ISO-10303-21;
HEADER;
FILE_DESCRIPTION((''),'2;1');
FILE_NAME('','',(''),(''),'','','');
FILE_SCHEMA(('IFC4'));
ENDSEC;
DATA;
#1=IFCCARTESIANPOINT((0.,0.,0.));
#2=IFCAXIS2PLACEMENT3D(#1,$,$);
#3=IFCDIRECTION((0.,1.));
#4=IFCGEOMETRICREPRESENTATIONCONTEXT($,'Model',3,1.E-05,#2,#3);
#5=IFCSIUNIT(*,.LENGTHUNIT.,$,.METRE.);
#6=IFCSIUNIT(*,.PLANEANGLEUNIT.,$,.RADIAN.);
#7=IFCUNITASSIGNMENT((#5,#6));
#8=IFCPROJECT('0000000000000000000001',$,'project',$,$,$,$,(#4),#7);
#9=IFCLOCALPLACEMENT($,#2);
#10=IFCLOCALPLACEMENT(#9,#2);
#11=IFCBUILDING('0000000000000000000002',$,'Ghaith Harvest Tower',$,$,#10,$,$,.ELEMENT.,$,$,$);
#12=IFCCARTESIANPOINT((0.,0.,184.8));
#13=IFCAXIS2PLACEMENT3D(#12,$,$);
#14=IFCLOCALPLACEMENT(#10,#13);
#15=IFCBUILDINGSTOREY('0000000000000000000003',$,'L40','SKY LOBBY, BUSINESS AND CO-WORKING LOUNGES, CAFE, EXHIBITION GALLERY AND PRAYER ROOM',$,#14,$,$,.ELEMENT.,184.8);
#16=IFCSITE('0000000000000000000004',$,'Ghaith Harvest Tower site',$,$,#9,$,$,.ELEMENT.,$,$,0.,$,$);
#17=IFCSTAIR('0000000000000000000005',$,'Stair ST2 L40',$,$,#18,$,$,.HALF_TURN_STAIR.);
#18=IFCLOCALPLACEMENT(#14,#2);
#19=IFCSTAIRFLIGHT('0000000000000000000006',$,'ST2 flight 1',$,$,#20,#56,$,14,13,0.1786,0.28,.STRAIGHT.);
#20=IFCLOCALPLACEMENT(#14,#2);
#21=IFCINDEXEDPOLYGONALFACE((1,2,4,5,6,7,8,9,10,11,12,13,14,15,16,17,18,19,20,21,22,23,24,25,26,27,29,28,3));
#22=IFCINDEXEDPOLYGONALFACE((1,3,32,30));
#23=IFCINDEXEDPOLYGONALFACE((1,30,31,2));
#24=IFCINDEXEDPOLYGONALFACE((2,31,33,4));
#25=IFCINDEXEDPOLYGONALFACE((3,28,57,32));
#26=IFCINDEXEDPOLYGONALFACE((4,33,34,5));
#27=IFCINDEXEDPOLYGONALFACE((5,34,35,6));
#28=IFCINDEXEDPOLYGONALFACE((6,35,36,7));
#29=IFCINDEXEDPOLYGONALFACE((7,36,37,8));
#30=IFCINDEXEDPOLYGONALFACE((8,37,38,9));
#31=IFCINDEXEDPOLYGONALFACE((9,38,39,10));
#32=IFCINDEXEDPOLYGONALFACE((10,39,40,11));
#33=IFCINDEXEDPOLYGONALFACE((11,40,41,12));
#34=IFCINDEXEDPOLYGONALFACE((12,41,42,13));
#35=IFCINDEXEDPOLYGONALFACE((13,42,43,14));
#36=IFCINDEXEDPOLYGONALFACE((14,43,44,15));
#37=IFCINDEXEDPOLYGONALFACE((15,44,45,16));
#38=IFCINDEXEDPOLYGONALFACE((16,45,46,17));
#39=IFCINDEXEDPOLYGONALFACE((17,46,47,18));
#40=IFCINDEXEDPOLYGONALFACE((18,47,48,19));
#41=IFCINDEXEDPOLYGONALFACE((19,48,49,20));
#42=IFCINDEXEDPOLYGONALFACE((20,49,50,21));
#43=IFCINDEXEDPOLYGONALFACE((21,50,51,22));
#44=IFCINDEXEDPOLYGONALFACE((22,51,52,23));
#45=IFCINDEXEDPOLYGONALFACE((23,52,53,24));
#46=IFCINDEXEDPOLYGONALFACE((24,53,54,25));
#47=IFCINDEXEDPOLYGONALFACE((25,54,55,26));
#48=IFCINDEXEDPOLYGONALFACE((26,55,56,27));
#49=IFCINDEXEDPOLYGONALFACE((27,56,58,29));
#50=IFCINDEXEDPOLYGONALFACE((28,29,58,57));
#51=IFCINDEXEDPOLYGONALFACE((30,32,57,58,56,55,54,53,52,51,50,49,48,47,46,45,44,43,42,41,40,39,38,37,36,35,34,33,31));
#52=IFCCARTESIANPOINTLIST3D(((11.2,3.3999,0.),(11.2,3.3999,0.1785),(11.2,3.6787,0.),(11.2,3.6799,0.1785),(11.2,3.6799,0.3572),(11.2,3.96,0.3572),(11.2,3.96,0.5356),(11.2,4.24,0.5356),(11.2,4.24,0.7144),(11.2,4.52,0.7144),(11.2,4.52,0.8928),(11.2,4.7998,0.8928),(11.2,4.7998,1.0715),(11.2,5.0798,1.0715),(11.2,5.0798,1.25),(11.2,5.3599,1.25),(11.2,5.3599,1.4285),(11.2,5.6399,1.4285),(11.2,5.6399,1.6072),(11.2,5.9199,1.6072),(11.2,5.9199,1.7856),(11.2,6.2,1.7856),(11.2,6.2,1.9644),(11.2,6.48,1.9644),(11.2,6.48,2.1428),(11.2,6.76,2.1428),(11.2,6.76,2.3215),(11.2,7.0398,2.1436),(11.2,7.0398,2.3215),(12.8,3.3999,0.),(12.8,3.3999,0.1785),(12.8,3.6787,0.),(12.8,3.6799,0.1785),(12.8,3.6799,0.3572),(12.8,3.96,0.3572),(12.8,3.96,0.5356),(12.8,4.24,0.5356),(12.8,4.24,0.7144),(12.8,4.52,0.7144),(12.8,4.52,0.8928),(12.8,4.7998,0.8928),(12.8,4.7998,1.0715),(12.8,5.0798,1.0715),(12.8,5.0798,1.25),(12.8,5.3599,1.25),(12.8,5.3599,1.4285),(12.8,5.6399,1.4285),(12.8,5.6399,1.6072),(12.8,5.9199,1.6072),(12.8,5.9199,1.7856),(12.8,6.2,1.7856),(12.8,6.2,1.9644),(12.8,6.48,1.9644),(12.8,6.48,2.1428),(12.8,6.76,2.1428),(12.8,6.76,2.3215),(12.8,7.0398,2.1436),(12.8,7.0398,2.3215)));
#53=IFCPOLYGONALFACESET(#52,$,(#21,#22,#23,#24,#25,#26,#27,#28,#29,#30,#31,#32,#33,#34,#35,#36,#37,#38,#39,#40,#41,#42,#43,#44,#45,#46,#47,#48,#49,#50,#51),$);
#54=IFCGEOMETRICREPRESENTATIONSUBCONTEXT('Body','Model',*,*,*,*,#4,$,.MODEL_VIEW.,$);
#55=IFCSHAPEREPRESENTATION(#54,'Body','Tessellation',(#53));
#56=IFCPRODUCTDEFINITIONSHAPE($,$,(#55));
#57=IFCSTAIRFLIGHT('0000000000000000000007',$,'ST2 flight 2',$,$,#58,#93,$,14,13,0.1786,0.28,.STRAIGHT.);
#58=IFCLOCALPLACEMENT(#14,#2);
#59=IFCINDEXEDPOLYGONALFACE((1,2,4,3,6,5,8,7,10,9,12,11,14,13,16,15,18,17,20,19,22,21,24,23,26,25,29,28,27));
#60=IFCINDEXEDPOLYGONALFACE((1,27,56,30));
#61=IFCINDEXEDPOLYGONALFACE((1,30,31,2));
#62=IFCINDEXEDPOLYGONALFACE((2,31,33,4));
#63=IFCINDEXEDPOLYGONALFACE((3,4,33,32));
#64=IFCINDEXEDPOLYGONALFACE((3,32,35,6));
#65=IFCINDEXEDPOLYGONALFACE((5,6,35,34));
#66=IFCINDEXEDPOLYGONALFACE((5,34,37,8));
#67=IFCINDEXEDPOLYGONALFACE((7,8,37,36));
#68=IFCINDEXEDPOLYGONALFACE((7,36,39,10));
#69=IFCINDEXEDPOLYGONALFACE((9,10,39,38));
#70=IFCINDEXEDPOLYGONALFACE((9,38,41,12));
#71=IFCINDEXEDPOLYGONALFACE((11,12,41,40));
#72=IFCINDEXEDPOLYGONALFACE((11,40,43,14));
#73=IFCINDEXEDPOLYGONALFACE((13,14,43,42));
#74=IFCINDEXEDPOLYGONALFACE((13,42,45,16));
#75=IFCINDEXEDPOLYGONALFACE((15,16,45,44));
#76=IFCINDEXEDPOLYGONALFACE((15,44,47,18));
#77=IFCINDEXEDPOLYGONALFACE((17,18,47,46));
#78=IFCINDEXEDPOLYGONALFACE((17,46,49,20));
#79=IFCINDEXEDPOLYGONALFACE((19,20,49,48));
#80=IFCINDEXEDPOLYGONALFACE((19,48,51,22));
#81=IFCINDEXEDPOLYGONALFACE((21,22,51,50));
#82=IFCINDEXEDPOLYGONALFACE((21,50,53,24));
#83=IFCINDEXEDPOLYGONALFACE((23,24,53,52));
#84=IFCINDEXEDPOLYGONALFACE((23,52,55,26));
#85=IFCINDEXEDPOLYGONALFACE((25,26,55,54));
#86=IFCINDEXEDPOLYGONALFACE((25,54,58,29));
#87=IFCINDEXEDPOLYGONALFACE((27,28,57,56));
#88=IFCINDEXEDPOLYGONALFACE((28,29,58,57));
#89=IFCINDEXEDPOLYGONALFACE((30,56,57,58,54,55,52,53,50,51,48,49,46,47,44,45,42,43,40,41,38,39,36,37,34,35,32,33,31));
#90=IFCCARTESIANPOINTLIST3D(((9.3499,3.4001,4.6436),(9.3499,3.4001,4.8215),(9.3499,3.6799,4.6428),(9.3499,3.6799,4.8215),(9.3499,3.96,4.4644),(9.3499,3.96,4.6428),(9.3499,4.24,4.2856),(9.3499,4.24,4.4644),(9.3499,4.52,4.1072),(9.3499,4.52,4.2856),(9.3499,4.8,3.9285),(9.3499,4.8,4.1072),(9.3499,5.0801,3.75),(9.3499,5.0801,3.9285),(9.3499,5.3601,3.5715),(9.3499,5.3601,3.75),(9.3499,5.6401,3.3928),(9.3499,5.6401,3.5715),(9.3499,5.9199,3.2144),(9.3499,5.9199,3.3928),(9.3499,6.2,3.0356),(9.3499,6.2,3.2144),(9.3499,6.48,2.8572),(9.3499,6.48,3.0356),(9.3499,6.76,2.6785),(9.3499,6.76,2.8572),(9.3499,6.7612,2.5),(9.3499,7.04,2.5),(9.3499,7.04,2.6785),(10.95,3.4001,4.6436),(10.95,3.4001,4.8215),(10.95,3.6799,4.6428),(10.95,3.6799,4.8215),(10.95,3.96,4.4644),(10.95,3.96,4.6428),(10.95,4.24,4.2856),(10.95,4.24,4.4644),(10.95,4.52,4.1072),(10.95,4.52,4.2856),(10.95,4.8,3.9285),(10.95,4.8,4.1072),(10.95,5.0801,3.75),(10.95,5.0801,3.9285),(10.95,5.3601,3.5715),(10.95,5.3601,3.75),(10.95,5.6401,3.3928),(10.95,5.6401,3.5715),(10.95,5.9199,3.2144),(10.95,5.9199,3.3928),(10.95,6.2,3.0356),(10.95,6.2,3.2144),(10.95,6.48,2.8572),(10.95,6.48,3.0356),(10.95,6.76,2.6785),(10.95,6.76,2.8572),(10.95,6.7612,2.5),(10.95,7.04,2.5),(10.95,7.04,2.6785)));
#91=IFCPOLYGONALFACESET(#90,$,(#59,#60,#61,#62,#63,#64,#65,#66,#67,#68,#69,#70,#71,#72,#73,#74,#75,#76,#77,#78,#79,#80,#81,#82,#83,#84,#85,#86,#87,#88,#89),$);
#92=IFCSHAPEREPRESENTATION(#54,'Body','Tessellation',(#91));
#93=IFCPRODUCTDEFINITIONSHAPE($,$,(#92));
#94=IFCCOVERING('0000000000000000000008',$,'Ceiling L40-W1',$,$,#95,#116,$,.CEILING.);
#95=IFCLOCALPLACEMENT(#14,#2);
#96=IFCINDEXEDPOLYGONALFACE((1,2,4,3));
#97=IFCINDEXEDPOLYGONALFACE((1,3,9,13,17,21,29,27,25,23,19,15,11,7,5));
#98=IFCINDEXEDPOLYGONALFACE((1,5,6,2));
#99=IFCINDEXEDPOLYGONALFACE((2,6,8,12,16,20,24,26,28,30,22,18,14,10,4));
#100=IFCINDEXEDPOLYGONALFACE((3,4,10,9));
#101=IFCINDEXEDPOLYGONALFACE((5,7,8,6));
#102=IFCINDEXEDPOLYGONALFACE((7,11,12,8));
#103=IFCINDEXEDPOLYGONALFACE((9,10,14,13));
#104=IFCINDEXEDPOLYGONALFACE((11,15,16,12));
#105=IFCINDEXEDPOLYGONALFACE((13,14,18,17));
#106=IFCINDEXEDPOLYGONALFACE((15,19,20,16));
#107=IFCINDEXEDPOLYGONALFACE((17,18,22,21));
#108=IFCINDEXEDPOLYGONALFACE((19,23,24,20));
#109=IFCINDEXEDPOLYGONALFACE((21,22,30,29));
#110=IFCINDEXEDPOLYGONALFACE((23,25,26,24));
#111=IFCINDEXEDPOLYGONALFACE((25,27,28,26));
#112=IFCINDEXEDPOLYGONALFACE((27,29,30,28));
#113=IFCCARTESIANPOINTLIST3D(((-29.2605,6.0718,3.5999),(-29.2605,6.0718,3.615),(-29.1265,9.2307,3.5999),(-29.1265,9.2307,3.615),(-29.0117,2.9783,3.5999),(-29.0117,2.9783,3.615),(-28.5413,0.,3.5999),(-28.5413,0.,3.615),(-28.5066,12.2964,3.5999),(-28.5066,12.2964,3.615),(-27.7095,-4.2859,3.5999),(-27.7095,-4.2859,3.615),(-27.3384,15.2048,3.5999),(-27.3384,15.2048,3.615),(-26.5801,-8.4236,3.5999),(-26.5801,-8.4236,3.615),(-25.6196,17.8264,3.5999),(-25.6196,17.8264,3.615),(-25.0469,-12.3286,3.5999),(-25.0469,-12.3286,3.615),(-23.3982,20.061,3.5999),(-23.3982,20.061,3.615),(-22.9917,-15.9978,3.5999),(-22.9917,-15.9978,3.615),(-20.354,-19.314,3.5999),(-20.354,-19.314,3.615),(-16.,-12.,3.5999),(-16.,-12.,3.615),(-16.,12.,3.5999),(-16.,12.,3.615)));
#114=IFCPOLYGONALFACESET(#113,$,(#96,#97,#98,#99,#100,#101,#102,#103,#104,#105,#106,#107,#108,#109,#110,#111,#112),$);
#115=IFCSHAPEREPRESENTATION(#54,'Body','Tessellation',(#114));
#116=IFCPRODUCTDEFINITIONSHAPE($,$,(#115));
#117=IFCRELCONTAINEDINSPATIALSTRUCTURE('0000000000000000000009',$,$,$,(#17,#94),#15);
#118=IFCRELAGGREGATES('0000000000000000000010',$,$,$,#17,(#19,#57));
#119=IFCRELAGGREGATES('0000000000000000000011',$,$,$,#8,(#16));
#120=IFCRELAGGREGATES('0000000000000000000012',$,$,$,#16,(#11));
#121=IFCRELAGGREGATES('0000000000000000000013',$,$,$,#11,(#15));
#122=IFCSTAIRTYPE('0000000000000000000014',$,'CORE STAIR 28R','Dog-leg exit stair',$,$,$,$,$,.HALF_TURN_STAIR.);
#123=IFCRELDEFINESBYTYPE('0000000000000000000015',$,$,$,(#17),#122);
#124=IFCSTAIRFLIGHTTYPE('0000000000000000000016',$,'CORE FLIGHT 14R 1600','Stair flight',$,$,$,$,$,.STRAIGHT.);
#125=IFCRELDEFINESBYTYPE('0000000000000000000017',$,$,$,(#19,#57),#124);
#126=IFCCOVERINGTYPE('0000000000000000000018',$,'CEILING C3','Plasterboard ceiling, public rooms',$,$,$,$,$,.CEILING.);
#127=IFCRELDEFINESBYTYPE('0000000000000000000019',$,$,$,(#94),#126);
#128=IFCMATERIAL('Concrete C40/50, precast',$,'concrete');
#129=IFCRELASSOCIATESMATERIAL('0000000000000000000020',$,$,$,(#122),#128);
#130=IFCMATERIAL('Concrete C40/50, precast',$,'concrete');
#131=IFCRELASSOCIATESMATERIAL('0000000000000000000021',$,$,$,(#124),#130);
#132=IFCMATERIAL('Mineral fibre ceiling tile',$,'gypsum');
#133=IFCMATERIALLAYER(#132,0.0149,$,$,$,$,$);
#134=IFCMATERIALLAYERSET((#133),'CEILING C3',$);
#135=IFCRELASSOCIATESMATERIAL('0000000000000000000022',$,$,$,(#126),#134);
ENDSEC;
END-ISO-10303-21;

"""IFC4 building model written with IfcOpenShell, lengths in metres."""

from ifc_helpers import new_model, si_unit, direction, frame, origin, place, context, subcontext, project, spatial, polyline, outline, extrude, material, layer, layer_set, type_object, element, aggregate, save


model = new_model("IFC4")

# Units and contexts
model_context = context("Model", 3, precision=1e-05, world=origin(), true_north=direction((0.0, 1.0)))
body_context = subcontext(model_context, "Body", "Model", "MODEL_VIEW")
ifc_project = project(units=[si_unit("LENGTHUNIT", "METRE"), si_unit("PLANEANGLEUNIT", "RADIAN")], contexts=[model_context])

# Site, building, storey
site_placement = place(None, origin())
site = spatial("IfcSite", under=ifc_project, at=site_placement, Name="Ghaith Harvest Tower site", CompositionType="ELEMENT", RefElevation=0.0)
building_placement = place(site_placement, origin())
building = spatial("IfcBuilding", under=site, at=building_placement, Name="Ghaith Harvest Tower", CompositionType="ELEMENT")
storey_placement = place(building_placement, frame((0.0, 0.0, 184.8)))
storey = spatial("IfcBuildingStorey", under=building, at=storey_placement, Name="L40", Description="SKY LOBBY, BUSINESS AND CO-WORKING LOUNGES, CAFE, EXHIBITION GALLERY AND PRAYER ROOM", CompositionType="ELEMENT", Elevation=184.8)

# Stair, stair flights
ifc_material_1 = material(Name="Concrete C40/50, precast", Category="concrete")
stair_type = type_object("IfcStairType", Name="CORE STAIR 28R", Description="Dog-leg exit stair", PredefinedType="HALF_TURN_STAIR", material=ifc_material_1)
stair_placement = place(storey_placement, origin())
stair = element("IfcStair", 1, at=stair_placement, inside=storey, type_object=stair_type, Name="Stair ST2 L40", PredefinedType="HALF_TURN_STAIR")
ifc_material_2 = material(Name="Concrete C40/50, precast", Category="concrete")
stair_flight_type = type_object("IfcStairFlightType", Name="CORE FLIGHT 14R 1600", Description="Stair flight", PredefinedType="STRAIGHT", material=ifc_material_2)
stair_flight_1_placement = place(storey_placement, frame((12.0, 3.3999, 0.0), z_axis=(0.0, 0.0, 1.0), x_axis=(0.0, 1.0, 0.0)))
stair_flight_1 = element("IfcStairFlight", 2, at=stair_flight_1_placement, type_object=stair_flight_type, Name="ST2 flight 1", NumberOfRisers=14, NumberOfTreads=13, PredefinedType="STRAIGHT", RiserHeight=0.1786, TreadLength=0.28, context=body_context, shape_type="SweptSolid", body=[
    extrude(outline(polyline([(0.0, 0.0), (0.0, 0.1785), (0.28, 0.1785), (0.28, 0.3572), (0.5601, 0.3572), (0.5601, 0.5356), (0.8401, 0.5356), (0.8401, 0.7144), (1.1201, 0.7144), (1.1201, 0.8928), (1.3999, 0.8928), (1.3999, 1.0715), (1.6799, 1.0715), (1.6799, 1.25), (1.96, 1.25), (1.96, 1.4285), (2.24, 1.4285), (2.24, 1.6072), (2.52, 1.6072), (2.52, 1.7856), (2.8, 1.7856), (2.8, 1.9644), (3.0801, 1.9644), (3.0801, 2.1428), (3.3601, 2.1428), (3.3601, 2.3215), (3.6399, 2.3215), (3.6399, 2.5), (3.6399, 2.1436), (0.2788, 0.0), (0.0, 0.0)])), frame((0.0, 0.8, 0.0), z_axis=(0.0, -1.0, 0.0), x_axis=(1.0, 0.0, 0.0)), (0.0, 0.0, 1.0), 1.6001),
])
stair_flight_2_placement = place(storey_placement, frame((10.1499, 7.04, 2.5), z_axis=(0.0, 0.0, 1.0), x_axis=(0.0, -1.0, 0.0)))
stair_flight_2 = element("IfcStairFlight", 3, at=stair_flight_2_placement, type_object=stair_flight_type, Name="ST2 flight 2", NumberOfRisers=14, NumberOfTreads=13, PredefinedType="STRAIGHT", RiserHeight=0.1786, TreadLength=0.28, context=body_context, shape_type="SweptSolid", body=[
    extrude(outline(polyline([(0.0, 0.0), (0.0, 0.1785), (0.28, 0.1785), (0.28, 0.3572), (0.5601, 0.3572), (0.5601, 0.5356), (0.8401, 0.5356), (0.8401, 0.7144), (1.1201, 0.7144), (1.1201, 0.8928), (1.3999, 0.8928), (1.3999, 1.0715), (1.6799, 1.0715), (1.6799, 1.25), (1.96, 1.25), (1.96, 1.4285), (2.24, 1.4285), (2.24, 1.6072), (2.52, 1.6072), (2.52, 1.7856), (2.8, 1.7856), (2.8, 1.9644), (3.0801, 1.9644), (3.0801, 2.1428), (3.3601, 2.1428), (3.3601, 2.3215), (3.6399, 2.3215), (3.6399, 2.5), (3.6399, 2.1436), (0.2788, 0.0), (0.0, 0.0)])), frame((0.0, 0.8, 0.0), z_axis=(0.0, -1.0, 0.0), x_axis=(1.0, 0.0, 0.0)), (0.0, 0.0, 1.0), 1.6001),
])
aggregate(stair, [stair_flight_1, stair_flight_2])

# Covering
ifc_material_3 = material(Name="Mineral fibre ceiling tile", Category="gypsum")
ifc_layer_1 = layer(ifc_material_3, 0.0149)
ifc_layer_set_1 = layer_set([ifc_layer_1], Name="CEILING C3")
covering_type = type_object("IfcCoveringType", Name="CEILING C3", Description="Plasterboard ceiling, public rooms", PredefinedType="CEILING", material=ifc_layer_set_1)
covering_placement = place(storey_placement, frame((0.0, 0.0, 3.5999)))
element("IfcCovering", 4, at=covering_placement, inside=storey, type_object=covering_type, Name="Ceiling L40-W1", PredefinedType="CEILING", context=body_context, shape_type="SweptSolid", body=[
    extrude(outline(polyline([(-22.9917, -15.9978), (-25.0469, -12.3286), (-26.5801, -8.4236), (-27.7095, -4.2859), (-28.5413, 0.0), (-29.0117, 2.9783), (-29.2605, 6.0718), (-29.1265, 9.2307), (-28.5066, 12.2964), (-27.3384, 15.2048), (-25.6196, 17.8264), (-23.3982, 20.061), (-16.0, 12.0), (-16.0, -12.0), (-20.354, -19.314), (-22.9917, -15.9978)])), origin(), (0.0, 0.0, 1.0), 0.0151),
])

save(model, "model.ifc")
